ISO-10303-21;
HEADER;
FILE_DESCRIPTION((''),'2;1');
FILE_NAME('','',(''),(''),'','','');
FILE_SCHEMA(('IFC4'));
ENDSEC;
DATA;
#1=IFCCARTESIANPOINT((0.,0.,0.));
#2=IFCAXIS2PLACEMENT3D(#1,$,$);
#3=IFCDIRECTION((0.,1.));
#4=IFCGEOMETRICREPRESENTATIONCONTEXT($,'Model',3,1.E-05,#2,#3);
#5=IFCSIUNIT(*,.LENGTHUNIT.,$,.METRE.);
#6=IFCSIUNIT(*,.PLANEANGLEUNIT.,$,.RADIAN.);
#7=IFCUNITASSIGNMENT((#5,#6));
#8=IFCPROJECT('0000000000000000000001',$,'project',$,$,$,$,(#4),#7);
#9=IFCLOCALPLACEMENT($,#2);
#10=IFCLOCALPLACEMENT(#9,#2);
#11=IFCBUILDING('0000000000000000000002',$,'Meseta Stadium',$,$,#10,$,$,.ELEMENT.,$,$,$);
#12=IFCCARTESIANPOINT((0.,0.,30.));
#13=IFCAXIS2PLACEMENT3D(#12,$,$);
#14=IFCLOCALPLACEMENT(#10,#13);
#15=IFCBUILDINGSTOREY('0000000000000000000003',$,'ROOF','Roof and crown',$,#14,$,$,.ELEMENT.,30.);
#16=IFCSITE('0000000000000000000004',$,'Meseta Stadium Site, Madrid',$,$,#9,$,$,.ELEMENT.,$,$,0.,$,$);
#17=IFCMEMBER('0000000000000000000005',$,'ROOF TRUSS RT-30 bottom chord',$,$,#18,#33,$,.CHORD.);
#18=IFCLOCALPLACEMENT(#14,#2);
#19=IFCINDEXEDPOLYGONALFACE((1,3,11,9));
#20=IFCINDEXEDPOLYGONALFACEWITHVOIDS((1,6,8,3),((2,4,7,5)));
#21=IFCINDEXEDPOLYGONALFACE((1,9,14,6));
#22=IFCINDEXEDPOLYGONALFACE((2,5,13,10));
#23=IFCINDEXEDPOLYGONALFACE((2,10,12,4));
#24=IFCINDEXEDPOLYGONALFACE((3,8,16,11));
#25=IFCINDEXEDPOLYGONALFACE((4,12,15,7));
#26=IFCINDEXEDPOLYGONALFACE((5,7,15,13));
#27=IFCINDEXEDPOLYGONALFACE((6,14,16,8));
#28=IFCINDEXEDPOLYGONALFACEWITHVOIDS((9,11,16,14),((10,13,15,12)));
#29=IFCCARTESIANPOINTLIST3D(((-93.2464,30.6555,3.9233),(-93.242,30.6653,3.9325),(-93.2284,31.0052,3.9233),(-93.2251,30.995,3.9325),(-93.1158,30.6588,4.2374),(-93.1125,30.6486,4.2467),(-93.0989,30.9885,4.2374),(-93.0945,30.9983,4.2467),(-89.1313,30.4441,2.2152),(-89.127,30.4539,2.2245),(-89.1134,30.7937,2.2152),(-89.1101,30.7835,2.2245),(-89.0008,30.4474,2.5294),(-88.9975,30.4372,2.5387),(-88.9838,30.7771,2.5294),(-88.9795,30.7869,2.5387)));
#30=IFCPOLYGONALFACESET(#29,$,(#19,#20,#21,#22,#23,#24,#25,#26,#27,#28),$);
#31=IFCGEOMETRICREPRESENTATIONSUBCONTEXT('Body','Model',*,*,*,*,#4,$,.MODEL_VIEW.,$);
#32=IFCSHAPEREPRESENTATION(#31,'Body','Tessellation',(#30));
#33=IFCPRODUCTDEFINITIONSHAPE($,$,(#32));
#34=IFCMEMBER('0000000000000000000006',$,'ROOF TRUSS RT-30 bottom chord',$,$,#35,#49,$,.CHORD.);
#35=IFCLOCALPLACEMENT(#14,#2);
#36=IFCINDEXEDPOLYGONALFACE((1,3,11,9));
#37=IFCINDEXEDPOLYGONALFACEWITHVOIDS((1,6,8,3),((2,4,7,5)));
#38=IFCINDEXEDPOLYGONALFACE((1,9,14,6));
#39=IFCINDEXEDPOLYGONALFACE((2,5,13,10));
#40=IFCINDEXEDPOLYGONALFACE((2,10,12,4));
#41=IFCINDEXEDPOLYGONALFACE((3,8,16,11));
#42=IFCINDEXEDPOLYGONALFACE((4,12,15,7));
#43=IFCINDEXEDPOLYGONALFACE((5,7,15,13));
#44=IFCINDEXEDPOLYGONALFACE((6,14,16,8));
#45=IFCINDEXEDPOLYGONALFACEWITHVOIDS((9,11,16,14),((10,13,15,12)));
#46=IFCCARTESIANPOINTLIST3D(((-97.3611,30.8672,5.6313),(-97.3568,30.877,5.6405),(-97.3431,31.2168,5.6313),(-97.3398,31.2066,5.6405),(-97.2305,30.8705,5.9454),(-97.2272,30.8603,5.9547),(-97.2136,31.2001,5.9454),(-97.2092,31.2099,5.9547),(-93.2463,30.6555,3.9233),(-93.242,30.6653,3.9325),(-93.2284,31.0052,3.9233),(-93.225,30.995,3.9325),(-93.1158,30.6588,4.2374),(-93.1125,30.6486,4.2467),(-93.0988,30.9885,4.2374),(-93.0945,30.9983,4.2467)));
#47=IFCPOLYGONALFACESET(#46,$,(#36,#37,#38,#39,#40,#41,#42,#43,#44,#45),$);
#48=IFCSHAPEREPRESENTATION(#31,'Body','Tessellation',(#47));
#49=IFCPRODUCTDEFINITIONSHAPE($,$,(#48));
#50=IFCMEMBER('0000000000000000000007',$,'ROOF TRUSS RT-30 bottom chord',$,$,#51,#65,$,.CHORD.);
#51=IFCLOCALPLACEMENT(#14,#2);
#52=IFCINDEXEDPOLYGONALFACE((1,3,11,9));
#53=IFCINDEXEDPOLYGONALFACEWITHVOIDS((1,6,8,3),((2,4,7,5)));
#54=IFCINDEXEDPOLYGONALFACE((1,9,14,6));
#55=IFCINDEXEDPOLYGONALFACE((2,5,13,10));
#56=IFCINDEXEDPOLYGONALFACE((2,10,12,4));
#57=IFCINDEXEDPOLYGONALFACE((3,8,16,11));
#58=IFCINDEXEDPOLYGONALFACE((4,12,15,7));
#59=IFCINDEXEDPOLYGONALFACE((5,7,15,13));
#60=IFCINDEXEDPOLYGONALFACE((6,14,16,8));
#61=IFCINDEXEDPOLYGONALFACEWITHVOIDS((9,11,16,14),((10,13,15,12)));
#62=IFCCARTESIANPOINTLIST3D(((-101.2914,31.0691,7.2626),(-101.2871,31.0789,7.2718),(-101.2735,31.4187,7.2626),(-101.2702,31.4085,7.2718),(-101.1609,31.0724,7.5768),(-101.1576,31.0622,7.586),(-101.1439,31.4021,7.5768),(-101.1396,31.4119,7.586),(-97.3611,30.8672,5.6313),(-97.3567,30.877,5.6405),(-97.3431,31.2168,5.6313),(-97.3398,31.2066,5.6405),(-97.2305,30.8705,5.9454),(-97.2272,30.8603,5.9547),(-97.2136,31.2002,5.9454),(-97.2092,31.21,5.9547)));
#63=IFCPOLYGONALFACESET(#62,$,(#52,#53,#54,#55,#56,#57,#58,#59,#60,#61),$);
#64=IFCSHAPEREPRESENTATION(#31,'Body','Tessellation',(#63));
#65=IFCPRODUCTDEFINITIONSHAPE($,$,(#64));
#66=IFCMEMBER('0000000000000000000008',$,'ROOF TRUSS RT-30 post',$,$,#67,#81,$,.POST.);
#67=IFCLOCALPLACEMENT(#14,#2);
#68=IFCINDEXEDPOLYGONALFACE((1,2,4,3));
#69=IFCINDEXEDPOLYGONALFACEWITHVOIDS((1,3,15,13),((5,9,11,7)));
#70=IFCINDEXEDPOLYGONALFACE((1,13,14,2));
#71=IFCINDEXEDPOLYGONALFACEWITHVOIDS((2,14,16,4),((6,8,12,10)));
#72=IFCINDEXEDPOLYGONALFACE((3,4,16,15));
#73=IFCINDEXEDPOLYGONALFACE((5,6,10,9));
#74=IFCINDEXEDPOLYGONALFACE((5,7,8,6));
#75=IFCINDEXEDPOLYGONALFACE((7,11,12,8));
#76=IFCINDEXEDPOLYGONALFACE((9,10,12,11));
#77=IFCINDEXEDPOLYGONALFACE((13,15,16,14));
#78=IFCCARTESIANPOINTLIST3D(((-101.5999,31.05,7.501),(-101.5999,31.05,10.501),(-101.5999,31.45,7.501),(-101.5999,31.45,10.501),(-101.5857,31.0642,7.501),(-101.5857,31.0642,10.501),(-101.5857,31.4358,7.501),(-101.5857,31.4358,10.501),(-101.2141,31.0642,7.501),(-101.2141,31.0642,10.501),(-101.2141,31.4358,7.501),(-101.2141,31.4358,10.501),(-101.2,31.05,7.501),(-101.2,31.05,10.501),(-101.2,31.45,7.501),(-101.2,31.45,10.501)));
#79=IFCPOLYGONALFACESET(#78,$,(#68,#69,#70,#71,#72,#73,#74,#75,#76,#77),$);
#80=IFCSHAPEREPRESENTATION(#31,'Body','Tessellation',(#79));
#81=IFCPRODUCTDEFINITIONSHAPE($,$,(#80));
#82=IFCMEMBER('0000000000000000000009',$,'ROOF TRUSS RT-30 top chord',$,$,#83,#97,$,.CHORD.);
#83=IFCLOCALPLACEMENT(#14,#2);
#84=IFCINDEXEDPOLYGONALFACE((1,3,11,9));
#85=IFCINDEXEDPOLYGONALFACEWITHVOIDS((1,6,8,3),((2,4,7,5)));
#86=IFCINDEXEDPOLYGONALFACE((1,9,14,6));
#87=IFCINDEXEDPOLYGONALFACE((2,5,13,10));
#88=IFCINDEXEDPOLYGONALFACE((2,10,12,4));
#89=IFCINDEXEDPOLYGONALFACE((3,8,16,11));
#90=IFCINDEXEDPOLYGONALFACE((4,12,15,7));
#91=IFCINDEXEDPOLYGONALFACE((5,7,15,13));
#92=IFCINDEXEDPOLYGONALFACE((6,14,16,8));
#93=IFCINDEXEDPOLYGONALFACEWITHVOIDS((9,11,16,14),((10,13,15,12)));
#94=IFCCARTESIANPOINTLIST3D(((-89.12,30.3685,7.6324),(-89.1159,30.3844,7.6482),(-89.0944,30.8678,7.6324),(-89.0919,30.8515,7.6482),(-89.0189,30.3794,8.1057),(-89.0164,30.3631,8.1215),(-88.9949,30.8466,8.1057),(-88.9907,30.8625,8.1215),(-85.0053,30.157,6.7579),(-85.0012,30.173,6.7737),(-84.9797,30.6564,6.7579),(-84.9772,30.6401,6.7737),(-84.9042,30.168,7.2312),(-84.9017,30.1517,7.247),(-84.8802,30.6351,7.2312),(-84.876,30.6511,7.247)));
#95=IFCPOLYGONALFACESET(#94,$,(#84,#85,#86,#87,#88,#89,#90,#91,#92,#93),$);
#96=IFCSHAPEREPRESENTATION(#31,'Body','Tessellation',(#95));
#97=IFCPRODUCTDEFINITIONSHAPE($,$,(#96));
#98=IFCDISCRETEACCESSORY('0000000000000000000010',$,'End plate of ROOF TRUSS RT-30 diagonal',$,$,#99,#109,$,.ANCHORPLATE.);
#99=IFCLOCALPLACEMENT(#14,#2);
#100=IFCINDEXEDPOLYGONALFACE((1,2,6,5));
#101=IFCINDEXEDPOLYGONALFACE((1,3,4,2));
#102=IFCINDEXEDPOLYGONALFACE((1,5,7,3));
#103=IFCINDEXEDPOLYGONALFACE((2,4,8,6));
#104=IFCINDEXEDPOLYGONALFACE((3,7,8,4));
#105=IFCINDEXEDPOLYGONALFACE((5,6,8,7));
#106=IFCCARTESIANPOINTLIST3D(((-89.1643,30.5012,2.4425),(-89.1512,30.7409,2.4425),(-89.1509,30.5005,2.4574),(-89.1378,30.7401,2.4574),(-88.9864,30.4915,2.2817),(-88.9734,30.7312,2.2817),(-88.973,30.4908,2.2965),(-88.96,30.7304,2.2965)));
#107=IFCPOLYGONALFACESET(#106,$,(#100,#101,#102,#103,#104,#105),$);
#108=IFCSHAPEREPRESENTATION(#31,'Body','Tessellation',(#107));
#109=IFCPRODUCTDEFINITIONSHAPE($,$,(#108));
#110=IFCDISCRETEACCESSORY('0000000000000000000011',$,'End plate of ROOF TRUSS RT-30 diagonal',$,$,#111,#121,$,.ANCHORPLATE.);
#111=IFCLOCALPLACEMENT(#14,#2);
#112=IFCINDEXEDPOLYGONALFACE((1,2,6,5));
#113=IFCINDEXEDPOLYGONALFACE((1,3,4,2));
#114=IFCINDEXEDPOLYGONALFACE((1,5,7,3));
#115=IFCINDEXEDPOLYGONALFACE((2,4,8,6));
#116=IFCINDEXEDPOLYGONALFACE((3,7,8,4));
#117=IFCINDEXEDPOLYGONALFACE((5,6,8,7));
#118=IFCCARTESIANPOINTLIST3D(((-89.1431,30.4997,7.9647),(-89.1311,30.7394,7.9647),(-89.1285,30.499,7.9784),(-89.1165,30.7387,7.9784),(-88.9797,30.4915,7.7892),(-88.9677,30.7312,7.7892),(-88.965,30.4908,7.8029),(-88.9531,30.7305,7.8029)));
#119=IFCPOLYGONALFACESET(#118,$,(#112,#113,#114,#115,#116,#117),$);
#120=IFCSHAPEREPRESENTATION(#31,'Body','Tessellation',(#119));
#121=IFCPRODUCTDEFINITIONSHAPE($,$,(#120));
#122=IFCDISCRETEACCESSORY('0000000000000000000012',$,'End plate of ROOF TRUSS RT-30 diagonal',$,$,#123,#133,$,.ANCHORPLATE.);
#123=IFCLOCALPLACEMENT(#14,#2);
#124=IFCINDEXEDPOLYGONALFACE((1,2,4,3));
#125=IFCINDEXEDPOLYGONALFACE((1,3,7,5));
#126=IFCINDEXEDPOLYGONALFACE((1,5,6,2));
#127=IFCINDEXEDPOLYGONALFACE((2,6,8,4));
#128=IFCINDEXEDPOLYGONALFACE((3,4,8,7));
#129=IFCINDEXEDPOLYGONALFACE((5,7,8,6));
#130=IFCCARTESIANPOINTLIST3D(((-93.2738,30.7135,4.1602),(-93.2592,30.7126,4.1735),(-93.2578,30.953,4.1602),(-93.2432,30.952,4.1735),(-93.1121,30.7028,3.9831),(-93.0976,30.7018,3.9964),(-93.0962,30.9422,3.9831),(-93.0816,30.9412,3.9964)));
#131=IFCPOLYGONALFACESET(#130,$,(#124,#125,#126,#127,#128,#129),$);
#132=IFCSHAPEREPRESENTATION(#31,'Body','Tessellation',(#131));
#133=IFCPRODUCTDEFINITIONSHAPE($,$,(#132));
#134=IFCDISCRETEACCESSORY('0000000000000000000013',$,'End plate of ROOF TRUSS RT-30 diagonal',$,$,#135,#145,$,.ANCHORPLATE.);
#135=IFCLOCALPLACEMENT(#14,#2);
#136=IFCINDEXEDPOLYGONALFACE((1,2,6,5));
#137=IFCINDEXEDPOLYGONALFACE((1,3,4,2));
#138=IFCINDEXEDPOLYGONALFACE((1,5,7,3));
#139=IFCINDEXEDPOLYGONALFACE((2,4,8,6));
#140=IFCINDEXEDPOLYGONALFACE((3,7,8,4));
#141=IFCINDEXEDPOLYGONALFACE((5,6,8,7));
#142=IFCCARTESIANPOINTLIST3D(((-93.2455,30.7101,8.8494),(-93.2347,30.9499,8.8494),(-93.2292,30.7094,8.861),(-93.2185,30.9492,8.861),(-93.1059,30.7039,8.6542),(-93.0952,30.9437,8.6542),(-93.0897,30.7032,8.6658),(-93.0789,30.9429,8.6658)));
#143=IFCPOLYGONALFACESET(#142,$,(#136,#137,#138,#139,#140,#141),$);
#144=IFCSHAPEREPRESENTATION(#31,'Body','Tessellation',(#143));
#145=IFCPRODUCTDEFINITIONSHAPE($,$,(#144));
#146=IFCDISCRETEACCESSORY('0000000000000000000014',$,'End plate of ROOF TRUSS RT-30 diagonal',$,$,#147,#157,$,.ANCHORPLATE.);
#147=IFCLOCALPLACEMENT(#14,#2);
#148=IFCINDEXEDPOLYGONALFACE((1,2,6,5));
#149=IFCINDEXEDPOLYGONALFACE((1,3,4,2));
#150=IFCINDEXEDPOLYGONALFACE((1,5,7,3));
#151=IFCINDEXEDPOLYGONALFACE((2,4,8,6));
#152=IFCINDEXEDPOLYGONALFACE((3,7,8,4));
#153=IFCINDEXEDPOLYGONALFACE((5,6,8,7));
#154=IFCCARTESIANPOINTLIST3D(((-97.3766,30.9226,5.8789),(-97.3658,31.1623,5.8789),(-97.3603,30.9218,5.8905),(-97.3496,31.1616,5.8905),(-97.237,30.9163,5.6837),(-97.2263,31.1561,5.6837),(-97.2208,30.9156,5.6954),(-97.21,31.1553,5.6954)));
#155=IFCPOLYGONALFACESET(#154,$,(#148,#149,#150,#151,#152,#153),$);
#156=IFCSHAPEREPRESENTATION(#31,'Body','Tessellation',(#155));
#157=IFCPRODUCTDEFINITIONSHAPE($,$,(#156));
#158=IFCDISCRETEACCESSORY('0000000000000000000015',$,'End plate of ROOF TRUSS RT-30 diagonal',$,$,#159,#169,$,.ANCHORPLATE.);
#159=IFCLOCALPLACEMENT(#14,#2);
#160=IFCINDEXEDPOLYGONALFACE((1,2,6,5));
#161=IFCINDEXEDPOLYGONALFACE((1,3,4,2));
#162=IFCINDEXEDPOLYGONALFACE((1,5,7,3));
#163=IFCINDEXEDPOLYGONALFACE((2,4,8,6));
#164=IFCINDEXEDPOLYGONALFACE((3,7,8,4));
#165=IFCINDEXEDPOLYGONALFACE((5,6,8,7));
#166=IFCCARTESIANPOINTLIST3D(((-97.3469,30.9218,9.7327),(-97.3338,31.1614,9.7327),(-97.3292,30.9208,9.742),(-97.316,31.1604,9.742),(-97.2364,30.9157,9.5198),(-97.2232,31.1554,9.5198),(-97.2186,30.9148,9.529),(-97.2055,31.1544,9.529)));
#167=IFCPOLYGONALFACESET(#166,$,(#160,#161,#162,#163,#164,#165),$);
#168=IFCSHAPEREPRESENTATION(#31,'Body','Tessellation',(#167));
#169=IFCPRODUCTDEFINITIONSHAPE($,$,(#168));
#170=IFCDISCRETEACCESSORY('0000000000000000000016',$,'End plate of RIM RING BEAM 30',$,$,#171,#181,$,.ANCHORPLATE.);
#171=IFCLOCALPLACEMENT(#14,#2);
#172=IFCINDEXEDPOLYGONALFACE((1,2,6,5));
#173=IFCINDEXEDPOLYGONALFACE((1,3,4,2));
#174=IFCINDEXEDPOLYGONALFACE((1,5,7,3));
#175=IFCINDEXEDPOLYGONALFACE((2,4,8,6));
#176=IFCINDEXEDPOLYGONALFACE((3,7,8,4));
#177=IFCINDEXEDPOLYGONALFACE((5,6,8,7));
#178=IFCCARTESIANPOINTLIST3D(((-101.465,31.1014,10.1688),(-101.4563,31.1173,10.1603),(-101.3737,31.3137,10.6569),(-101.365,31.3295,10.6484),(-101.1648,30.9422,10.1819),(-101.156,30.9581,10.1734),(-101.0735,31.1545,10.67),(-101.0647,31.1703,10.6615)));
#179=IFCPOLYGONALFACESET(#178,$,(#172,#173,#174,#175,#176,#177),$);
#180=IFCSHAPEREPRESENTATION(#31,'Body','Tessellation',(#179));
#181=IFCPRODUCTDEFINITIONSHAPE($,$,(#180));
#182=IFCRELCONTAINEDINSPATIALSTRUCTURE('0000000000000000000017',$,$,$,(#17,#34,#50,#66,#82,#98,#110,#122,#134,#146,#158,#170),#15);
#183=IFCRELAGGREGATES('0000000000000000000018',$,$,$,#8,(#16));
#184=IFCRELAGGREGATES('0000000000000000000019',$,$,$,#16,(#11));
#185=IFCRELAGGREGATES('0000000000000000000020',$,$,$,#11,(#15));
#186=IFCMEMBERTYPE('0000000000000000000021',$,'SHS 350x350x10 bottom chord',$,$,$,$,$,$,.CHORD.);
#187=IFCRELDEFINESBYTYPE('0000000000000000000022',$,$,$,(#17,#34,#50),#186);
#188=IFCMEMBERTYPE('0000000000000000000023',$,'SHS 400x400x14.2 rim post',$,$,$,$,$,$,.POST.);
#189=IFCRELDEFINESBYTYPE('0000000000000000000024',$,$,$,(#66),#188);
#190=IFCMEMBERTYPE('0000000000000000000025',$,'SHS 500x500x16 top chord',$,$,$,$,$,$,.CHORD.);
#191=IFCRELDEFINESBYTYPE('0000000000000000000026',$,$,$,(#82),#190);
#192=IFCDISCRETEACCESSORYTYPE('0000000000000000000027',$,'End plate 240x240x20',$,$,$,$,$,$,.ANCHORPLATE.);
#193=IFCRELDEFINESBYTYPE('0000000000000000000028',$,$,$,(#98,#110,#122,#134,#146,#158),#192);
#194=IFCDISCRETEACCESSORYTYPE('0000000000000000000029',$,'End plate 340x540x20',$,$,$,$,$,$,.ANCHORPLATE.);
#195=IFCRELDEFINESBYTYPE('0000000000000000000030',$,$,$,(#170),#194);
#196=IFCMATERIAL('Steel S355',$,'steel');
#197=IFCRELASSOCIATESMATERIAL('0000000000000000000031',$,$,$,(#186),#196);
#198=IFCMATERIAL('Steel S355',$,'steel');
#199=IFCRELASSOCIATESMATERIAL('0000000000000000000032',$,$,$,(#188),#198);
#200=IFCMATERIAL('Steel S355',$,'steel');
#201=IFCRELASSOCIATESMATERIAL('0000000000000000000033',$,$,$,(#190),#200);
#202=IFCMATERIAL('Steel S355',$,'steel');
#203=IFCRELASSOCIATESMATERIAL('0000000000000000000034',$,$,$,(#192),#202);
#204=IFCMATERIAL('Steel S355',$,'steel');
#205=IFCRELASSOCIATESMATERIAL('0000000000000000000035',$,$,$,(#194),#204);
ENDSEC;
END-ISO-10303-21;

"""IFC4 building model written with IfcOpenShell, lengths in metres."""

from ifc_helpers import new_model, si_unit, direction, frame, origin, origin_2d, place, context, subcontext, project, spatial, rectangle, hollow_rectangle, extrude, material, material_profile, profile_set, type_object, element, save


model = new_model("IFC4")

# Units and contexts
model_context = context("Model", 3, precision=1e-05, world=origin(), true_north=direction((0.0, 1.0)))
body_context = subcontext(model_context, "Body", "Model", "MODEL_VIEW")
ifc_project = project(units=[si_unit("LENGTHUNIT", "METRE"), si_unit("PLANEANGLEUNIT", "RADIAN")], contexts=[model_context])

# Site, building, storey
site_placement = place(None, origin())
site = spatial("IfcSite", under=ifc_project, at=site_placement, Name="Meseta Stadium Site, Madrid", CompositionType="ELEMENT", RefElevation=0.0)
building_placement = place(site_placement, origin())
building = spatial("IfcBuilding", under=site, at=building_placement, Name="Meseta Stadium", CompositionType="ELEMENT")
storey_placement = place(building_placement, frame((0.0, 0.0, 30.0)))
storey = spatial("IfcBuildingStorey", under=building, at=storey_placement, Name="ROOF", Description="Roof and crown", CompositionType="ELEMENT", Elevation=30.0)

# Members
ifc_material_1 = material(Name="Steel S355", Category="steel")
ifc_material_profile_1 = material_profile(ifc_material_1, hollow_rectangle(XDim=0.3501, YDim=0.3501, WallThickness=0.01, at=origin_2d()), Name="SHS 350x350x10")
ifc_profile_set_1 = profile_set([ifc_material_profile_1], Name="Steel S355")
member_type_1 = type_object("IfcMemberType", Name="SHS 350x350x10 bottom chord", PredefinedType="CHORD", material=ifc_profile_set_1)
member_1_placement = place(storey_placement, frame((-89.0554, 30.6155, 2.377), z_axis=(-0.922562, 0.047401, 0.382927), x_axis=(-0.051312, -0.998683, 0.0)))
element("IfcMember", 1, at=member_1_placement, inside=storey, type_object=member_type_1, Name="ROOF TRUSS RT-30 bottom chord", PredefinedType="CHORD", context=body_context, shape_type="SweptSolid", body=[
    extrude(hollow_rectangle(XDim=0.3501, YDim=0.3501, WallThickness=0.01, at=origin_2d()), origin(), (0.0, 0.0, 1.0), 4.4604),
])
member_2_placement = place(storey_placement, frame((-93.1704, 30.8269, 4.085), z_axis=(-0.922551, 0.047458, 0.382946), x_axis=(-0.051374, -0.998679, 0.0)))
element("IfcMember", 2, at=member_2_placement, inside=storey, type_object=member_type_1, Name="ROOF TRUSS RT-30 bottom chord", PredefinedType="CHORD", context=body_context, shape_type="SweptSolid", body=[
    extrude(hollow_rectangle(XDim=0.3501, YDim=0.3501, WallThickness=0.01, at=origin_2d()), origin(), (0.0, 0.0, 1.0), 4.4602),
])
member_3_placement = place(storey_placement, frame((-97.2852, 31.0386, 5.793), z_axis=(-0.922566, 0.047392, 0.382917), x_axis=(-0.051302, -0.998683, 0.0)))
element("IfcMember", 3, at=member_3_placement, inside=storey, type_object=member_type_1, Name="ROOF TRUSS RT-30 bottom chord", PredefinedType="CHORD", context=body_context, shape_type="SweptSolid", body=[
    extrude(hollow_rectangle(XDim=0.3501, YDim=0.3501, WallThickness=0.01, at=origin_2d()), origin(), (0.0, 0.0, 1.0), 4.2603),
])
ifc_material_2 = material(Name="Steel S355", Category="steel")
ifc_material_profile_2 = material_profile(ifc_material_2, hollow_rectangle(XDim=0.3999, YDim=0.3999, WallThickness=0.0142, at=origin_2d()), Name="SHS 400x400x14.2")
ifc_profile_set_2 = profile_set([ifc_material_profile_2], Name="Steel S355")
member_type_2 = type_object("IfcMemberType", Name="SHS 400x400x14.2 rim post", PredefinedType="POST", material=ifc_profile_set_2)
member_4_placement = place(storey_placement, frame((-101.3999, 31.25, 7.501), z_axis=(0.0, 0.0, 1.0), x_axis=(1.0, 0.0, 0.0)))
element("IfcMember", 4, at=member_4_placement, inside=storey, type_object=member_type_2, Name="ROOF TRUSS RT-30 post", PredefinedType="POST", context=body_context, shape_type="SweptSolid", body=[
    extrude(hollow_rectangle(XDim=0.3999, YDim=0.3999, WallThickness=0.0142, at=origin_2d()), origin(), (0.0, 0.0, 1.0), 3.0),
])
ifc_material_3 = material(Name="Steel S355", Category="steel")
ifc_material_profile_3 = material_profile(ifc_material_3, hollow_rectangle(XDim=0.5, YDim=0.5, WallThickness=0.0161, at=origin_2d()), Name="SHS 500x500x16")
ifc_profile_set_3 = profile_set([ifc_material_profile_3], Name="Steel S355")
member_type_3 = type_object("IfcMemberType", Name="SHS 500x500x16 top chord", PredefinedType="CHORD", material=ifc_profile_set_3)
member_5_placement = place(storey_placement, frame((-84.9407, 30.4041, 7.0024), z_axis=(-0.97692, 0.050197, 0.207626), x_axis=(-0.051315, -0.998683, 0.0)))
element("IfcMember", 5, at=member_5_placement, inside=storey, type_object=member_type_3, Name="ROOF TRUSS RT-30 top chord", PredefinedType="CHORD", context=body_context, shape_type="SweptSolid", body=[
    extrude(hollow_rectangle(XDim=0.5, YDim=0.5, WallThickness=0.0161, at=origin_2d()), origin(), (0.0, 0.0, 1.0), 4.2119),
])

# Discrete accessories
ifc_material_4 = material(Name="Steel S355", Category="steel")
ifc_material_profile_4 = material_profile(ifc_material_4, rectangle(XDim=0.24, YDim=0.24, at=origin_2d()), Name="PL 240x240")
ifc_profile_set_4 = profile_set([ifc_material_profile_4], Name="Steel S355")
discrete_accessory_type_1 = type_object("IfcDiscreteAccessoryType", Name="End plate 240x240x20", PredefinedType="ANCHORPLATE", material=ifc_profile_set_4)
for number, where, z_axis, x_axis, name in (
    (6, (-89.0554, 30.6155, 2.377), (-0.669191, 0.036501, -0.742194), (-0.054464, -0.998516, 0.0), "End plate of ROOF TRUSS RT-30 diagonal"),
    (7, (-89.0408, 30.6147, 7.8906), (-0.730567, 0.036528, -0.681863), (-0.049938, -0.998752, 0.0), "End plate of ROOF TRUSS RT-30 diagonal"),
):
    element("IfcDiscreteAccessory", number, at=place(storey_placement, frame(where, z_axis=z_axis, x_axis=x_axis)), inside=storey, type_object=discrete_accessory_type_1, Name=name, PredefinedType="ANCHORPLATE", context=body_context, shape_type="SweptSolid", body=[
        extrude(rectangle(XDim=0.24, YDim=0.24, at=origin_2d()), origin(), (0.0, 0.0, 1.0), 0.02),
    ])
discrete_accessory_1_placement = place(storey_placement, frame((-93.1704, 30.8269, 4.085), z_axis=(-0.736266, 0.049084, -0.67491), x_axis=(-0.066519, -0.997785, 0.0)))
element("IfcDiscreteAccessory", 8, at=discrete_accessory_1_placement, inside=storey, type_object=discrete_accessory_type_1, Name="End plate of ROOF TRUSS RT-30 diagonal", PredefinedType="ANCHORPLATE", context=body_context, shape_type="SweptSolid", body=[
    extrude(rectangle(XDim=0.24, YDim=0.24, at=origin_2d()), origin(), (0.0, 0.0, 1.0), 0.0198),
])
for number, where, z_axis, x_axis, name in (
    (9, (-93.1541, 30.8262, 8.7634), (-0.812375, 0.036375, -0.582), (-0.044731, -0.998999, 0.0), "End plate of ROOF TRUSS RT-30 diagonal"),
    (10, (-97.2852, 31.0386, 5.793), (-0.812375, 0.036375, -0.582), (-0.044731, -0.998999, 0.0), "End plate of ROOF TRUSS RT-30 diagonal"),
    (11, (-97.2673, 31.0376, 9.6355), (-0.885972, 0.048546, -0.461191), (-0.054712, -0.998502, 0.0), "End plate of ROOF TRUSS RT-30 diagonal"),
):
    element("IfcDiscreteAccessory", number, at=place(storey_placement, frame(where, z_axis=z_axis, x_axis=x_axis)), inside=storey, type_object=discrete_accessory_type_1, Name=name, PredefinedType="ANCHORPLATE", context=body_context, shape_type="SweptSolid", body=[
        extrude(rectangle(XDim=0.24, YDim=0.24, at=origin_2d()), origin(), (0.0, 0.0, 1.0), 0.02),
    ])
ifc_material_5 = material(Name="Steel S355", Category="steel")
ifc_material_profile_5 = material_profile(ifc_material_5, rectangle(XDim=0.3401, YDim=0.54, at=origin_2d()), Name="PL 340x540")
ifc_profile_set_5 = profile_set([ifc_material_profile_5], Name="Steel S355")
discrete_accessory_type_2 = type_object("IfcDiscreteAccessoryType", Name="End plate 340x540x20", PredefinedType="ANCHORPLATE", material=ifc_profile_set_5)
discrete_accessory_2_placement = place(storey_placement, frame((-101.2605, 31.1438, 10.4109), z_axis=(-0.438308, -0.791389, 0.426133), x_axis=(0.88278, -0.468208, 0.038473)))
element("IfcDiscreteAccessory", 12, at=discrete_accessory_2_placement, inside=storey, type_object=discrete_accessory_type_2, Name="End plate of RIM RING BEAM 30", PredefinedType="ANCHORPLATE", context=body_context, shape_type="SweptSolid", body=[
    extrude(rectangle(XDim=0.3401, YDim=0.54, at=origin_2d()), origin(), (0.0, 0.0, 1.0), 0.02),
])

save(model, "model.ifc")
